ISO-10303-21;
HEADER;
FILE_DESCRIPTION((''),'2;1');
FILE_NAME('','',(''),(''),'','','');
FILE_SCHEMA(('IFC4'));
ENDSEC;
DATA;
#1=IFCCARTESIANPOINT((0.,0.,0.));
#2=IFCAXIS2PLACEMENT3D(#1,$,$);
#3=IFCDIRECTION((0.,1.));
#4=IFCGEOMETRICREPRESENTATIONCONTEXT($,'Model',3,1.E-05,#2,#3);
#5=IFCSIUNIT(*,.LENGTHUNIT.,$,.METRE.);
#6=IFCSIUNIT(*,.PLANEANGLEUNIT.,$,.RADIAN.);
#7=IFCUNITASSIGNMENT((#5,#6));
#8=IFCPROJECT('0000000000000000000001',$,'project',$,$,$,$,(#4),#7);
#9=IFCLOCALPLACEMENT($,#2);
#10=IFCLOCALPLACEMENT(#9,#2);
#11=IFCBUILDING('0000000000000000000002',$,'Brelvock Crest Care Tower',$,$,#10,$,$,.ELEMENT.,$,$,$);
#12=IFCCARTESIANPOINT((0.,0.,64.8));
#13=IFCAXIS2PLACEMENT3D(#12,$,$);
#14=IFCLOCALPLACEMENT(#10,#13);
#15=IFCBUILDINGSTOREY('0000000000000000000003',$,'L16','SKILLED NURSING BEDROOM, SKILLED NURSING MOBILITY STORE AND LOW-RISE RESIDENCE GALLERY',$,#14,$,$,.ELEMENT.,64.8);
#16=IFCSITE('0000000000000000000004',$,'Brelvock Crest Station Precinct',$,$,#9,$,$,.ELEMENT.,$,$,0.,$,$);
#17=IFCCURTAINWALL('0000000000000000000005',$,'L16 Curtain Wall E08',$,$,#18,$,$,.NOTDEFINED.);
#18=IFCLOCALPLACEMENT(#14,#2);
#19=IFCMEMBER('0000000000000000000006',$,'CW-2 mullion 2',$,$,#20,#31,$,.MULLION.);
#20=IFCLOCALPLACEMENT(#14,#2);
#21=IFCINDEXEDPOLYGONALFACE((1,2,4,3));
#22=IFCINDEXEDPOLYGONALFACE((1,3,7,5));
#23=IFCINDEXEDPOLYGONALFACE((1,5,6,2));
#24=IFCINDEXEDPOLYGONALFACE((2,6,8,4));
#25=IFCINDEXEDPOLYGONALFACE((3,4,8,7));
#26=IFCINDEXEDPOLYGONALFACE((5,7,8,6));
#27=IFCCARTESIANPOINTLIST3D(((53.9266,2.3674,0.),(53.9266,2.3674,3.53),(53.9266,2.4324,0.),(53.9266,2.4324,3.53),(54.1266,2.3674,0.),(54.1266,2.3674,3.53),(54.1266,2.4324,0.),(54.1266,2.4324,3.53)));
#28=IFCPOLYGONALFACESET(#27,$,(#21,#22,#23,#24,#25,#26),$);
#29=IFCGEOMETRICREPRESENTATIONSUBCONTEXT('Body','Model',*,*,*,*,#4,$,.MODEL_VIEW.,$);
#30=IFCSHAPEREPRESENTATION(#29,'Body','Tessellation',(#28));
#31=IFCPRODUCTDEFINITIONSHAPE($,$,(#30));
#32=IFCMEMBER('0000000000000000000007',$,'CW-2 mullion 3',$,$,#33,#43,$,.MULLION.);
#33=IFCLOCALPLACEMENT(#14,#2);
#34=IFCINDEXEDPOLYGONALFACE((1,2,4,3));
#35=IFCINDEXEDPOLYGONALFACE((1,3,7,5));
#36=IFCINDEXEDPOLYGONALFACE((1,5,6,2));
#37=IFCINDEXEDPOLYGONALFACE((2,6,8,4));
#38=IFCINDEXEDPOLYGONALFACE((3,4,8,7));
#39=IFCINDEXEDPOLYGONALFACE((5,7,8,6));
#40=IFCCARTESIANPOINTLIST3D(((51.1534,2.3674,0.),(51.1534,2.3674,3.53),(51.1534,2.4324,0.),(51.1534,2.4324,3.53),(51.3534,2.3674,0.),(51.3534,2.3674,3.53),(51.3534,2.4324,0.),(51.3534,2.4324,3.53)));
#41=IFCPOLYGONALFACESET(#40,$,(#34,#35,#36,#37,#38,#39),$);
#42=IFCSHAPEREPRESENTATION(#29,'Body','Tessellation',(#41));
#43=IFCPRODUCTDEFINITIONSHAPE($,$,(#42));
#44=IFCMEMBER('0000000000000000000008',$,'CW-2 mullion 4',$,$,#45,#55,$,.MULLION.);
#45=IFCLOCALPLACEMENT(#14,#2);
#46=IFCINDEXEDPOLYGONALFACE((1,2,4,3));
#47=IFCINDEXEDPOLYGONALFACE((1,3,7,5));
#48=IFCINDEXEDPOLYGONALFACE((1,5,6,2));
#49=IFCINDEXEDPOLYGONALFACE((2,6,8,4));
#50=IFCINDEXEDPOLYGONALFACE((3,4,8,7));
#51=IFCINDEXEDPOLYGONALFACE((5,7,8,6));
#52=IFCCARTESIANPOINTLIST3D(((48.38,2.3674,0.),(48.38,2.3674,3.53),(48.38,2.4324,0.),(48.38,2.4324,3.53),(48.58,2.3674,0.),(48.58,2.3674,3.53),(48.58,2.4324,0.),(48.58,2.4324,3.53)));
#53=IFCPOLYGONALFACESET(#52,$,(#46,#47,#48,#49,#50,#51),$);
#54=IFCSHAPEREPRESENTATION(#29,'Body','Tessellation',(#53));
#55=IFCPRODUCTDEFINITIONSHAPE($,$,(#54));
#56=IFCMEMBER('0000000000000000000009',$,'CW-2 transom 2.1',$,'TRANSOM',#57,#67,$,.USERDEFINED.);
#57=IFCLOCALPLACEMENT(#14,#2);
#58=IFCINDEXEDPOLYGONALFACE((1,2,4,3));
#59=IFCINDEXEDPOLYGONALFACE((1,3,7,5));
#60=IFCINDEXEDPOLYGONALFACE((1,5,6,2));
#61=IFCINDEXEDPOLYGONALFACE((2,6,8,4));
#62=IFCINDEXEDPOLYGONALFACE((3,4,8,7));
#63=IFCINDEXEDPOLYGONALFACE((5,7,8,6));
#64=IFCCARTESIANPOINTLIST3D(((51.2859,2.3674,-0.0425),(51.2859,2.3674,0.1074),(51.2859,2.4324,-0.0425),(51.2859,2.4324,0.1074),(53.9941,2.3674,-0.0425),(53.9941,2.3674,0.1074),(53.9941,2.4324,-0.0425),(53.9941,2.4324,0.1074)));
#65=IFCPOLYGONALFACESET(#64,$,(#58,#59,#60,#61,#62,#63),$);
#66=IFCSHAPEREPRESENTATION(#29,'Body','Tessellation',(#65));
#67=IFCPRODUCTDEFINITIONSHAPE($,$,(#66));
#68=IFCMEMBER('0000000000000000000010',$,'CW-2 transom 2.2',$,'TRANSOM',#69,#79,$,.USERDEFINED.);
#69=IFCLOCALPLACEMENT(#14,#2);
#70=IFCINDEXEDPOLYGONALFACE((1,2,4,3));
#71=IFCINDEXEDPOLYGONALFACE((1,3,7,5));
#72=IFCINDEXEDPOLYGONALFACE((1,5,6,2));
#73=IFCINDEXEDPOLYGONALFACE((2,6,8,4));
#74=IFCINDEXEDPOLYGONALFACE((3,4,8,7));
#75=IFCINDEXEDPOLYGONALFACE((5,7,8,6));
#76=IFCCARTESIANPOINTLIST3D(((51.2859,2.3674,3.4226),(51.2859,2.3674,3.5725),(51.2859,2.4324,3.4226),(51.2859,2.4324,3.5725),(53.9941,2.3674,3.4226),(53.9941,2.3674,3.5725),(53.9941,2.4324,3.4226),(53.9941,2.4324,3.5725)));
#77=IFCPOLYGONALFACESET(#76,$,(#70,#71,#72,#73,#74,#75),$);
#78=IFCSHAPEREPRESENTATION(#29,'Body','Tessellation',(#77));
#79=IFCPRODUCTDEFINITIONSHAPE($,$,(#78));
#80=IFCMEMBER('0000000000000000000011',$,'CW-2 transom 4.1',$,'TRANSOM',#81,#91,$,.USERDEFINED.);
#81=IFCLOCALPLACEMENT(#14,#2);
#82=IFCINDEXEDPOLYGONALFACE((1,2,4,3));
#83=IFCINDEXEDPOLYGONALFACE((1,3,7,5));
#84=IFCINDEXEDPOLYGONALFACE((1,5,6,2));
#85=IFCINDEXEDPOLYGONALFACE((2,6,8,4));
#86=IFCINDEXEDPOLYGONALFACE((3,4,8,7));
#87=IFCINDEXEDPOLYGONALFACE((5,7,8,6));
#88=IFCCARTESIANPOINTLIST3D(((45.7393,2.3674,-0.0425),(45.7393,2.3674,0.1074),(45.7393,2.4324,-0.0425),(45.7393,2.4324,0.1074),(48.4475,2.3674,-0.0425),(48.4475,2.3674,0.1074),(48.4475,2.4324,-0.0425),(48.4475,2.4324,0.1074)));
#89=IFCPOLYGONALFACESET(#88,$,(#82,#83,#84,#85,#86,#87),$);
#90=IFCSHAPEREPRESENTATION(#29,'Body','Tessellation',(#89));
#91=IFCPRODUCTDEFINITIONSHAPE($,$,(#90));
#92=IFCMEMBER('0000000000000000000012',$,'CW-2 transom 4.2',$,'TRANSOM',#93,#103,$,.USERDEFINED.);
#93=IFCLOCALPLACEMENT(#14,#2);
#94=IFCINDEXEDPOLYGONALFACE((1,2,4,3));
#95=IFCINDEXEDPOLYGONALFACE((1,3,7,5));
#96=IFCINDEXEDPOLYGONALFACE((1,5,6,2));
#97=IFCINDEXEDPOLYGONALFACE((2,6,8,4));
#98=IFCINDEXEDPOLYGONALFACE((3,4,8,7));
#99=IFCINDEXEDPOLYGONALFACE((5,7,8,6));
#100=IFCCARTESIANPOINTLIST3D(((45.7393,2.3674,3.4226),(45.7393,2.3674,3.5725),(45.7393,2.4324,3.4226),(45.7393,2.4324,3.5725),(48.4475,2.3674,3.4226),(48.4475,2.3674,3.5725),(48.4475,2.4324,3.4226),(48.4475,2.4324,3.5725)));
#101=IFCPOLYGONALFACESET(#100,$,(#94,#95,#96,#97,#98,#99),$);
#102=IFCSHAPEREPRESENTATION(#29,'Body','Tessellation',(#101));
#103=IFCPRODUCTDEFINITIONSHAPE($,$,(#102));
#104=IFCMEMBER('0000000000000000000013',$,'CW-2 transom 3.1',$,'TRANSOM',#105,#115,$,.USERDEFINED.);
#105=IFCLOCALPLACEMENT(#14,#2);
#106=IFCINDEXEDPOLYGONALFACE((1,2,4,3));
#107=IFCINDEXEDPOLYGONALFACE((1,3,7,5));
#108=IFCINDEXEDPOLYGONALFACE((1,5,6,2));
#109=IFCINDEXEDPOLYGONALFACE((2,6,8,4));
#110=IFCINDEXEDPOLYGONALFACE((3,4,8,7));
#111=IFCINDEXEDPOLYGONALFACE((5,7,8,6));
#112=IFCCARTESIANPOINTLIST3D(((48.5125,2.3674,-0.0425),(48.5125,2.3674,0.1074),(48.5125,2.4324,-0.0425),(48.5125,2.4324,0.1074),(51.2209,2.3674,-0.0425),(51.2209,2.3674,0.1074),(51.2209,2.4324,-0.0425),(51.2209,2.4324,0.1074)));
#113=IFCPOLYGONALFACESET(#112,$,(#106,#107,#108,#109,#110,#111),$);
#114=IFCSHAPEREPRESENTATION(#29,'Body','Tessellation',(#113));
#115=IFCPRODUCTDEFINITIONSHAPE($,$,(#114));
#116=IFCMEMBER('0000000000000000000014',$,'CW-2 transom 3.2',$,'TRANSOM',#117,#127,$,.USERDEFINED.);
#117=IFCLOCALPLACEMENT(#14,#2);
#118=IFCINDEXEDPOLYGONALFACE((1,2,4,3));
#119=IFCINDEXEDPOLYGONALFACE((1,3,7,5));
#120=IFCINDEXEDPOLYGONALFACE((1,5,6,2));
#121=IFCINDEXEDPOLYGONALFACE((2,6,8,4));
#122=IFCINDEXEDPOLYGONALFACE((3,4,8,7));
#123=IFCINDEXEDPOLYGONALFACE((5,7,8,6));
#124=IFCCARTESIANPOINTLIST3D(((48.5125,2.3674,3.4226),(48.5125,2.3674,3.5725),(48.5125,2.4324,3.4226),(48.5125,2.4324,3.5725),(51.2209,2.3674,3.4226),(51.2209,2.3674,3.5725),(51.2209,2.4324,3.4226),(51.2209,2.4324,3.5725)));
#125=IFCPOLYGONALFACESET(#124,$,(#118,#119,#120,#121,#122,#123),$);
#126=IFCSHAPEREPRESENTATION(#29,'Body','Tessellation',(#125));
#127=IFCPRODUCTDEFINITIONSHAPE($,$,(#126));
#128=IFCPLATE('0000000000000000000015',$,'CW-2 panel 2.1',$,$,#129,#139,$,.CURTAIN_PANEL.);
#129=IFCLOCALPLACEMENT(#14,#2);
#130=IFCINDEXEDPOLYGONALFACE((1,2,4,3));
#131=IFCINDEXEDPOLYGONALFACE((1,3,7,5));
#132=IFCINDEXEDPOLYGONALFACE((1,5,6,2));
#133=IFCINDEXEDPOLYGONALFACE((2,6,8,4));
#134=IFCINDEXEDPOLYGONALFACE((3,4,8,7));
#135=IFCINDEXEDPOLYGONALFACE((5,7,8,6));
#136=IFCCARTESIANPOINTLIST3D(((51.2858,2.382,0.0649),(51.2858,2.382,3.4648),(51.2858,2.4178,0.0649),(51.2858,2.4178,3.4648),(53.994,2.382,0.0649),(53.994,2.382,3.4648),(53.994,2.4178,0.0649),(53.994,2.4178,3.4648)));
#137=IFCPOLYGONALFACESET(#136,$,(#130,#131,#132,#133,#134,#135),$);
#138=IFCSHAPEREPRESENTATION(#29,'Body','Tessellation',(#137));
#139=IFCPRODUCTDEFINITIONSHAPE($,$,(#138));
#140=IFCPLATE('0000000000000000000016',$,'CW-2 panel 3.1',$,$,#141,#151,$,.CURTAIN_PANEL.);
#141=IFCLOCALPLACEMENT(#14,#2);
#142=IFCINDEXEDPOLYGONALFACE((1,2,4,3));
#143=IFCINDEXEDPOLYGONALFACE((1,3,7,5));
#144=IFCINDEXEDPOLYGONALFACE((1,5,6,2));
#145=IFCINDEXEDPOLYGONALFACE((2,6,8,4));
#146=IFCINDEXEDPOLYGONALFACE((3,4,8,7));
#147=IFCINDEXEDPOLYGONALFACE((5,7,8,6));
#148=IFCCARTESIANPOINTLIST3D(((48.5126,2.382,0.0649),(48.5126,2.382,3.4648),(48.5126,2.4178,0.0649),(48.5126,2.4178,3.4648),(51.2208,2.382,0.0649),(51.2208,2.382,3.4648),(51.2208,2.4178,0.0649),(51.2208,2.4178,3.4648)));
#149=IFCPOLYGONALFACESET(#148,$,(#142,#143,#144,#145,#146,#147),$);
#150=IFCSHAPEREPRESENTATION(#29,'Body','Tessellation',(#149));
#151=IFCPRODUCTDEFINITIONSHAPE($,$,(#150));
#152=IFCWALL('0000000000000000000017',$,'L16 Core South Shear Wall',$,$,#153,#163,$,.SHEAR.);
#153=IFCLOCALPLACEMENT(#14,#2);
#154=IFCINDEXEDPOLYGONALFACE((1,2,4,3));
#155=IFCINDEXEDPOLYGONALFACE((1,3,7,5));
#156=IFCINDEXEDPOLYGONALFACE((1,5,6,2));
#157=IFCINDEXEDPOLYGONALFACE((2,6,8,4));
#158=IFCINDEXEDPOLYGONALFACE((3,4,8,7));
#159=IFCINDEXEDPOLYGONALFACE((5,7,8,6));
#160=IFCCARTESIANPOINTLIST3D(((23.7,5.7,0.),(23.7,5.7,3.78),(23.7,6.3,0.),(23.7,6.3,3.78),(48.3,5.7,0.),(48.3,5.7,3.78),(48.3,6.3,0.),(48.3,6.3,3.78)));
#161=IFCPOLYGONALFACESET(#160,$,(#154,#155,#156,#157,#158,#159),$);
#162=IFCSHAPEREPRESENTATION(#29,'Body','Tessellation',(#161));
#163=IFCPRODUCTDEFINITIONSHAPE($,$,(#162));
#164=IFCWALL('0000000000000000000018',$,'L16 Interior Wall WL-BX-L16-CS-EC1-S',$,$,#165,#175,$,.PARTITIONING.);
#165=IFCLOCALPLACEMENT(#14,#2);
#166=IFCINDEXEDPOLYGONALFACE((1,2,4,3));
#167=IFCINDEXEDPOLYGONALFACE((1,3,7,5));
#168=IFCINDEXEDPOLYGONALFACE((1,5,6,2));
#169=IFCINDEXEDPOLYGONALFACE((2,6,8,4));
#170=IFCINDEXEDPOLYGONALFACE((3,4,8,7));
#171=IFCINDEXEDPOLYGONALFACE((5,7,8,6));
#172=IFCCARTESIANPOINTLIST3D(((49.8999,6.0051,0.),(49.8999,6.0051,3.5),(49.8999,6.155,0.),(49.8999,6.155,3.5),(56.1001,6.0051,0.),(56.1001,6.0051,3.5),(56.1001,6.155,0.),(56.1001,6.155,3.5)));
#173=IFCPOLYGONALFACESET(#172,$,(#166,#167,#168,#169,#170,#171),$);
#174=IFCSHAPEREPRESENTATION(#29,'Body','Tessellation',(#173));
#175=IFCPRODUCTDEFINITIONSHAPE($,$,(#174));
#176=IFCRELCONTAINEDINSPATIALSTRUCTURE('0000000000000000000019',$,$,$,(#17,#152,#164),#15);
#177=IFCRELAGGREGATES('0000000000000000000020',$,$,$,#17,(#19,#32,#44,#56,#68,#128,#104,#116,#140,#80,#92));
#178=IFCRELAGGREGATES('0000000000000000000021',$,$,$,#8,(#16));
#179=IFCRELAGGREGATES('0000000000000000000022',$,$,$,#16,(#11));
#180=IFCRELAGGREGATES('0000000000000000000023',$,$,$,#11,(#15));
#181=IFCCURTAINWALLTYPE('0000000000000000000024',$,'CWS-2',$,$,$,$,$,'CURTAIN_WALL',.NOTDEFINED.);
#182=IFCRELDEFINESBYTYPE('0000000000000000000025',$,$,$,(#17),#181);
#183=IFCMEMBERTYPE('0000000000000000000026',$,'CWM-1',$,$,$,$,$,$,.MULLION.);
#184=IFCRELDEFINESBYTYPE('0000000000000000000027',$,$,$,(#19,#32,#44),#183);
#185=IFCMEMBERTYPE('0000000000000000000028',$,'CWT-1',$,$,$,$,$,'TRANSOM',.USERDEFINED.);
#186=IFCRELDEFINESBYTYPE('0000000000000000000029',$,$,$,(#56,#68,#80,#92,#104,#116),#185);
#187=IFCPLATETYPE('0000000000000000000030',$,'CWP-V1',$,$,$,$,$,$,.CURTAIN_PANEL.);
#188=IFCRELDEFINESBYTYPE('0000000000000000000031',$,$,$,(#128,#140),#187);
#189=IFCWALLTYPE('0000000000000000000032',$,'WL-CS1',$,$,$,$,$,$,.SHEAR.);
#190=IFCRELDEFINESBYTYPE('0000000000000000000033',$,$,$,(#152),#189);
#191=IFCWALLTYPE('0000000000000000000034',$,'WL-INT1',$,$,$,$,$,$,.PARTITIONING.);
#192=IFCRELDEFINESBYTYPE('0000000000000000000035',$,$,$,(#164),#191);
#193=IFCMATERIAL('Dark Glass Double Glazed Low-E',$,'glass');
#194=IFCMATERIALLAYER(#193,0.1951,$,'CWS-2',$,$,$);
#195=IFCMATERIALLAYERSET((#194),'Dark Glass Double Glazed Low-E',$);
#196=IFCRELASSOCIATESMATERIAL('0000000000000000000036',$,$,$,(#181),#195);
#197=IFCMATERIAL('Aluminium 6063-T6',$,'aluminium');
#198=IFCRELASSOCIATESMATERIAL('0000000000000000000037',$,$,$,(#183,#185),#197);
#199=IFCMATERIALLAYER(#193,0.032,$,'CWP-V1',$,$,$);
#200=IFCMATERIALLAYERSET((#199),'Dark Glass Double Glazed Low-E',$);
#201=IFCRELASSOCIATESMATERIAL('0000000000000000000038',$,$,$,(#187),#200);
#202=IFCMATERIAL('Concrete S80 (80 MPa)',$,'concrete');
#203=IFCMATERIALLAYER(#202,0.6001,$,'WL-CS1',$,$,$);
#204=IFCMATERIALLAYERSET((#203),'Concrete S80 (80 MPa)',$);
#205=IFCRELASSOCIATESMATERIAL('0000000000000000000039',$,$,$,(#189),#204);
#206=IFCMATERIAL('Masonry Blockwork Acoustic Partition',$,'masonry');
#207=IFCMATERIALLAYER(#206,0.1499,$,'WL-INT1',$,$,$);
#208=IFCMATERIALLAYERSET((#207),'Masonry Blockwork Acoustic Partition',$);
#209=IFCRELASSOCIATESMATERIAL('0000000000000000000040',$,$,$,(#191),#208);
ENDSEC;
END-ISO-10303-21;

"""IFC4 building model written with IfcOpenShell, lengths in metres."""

from ifc_helpers import new_model, si_unit, direction, frame, frame_2d, origin, origin_2d, place, context, subcontext, project, spatial, rectangle, extrude, source, transform, mapped, material, layer, layer_set, material_profile, profile_set, type_object, element, aggregate, save


model = new_model("IFC4")

# Units and contexts
model_context = context("Model", 3, precision=1e-05, world=origin(), true_north=direction((0.0, 1.0)))
body_context = subcontext(model_context, "Body", "Model", "MODEL_VIEW")
ifc_project = project(units=[si_unit("LENGTHUNIT", "METRE"), si_unit("PLANEANGLEUNIT", "RADIAN")], contexts=[model_context])

# Site, building, storey
site_placement = place(None, origin())
site = spatial("IfcSite", under=ifc_project, at=site_placement, Name="Brelvock Crest Station Precinct", CompositionType="ELEMENT", RefElevation=0.0)
building_placement = place(site_placement, origin())
building = spatial("IfcBuilding", under=site, at=building_placement, Name="Brelvock Crest Care Tower", CompositionType="ELEMENT")
storey_placement = place(building_placement, frame((0.0, 0.0, 64.8)))
storey = spatial("IfcBuildingStorey", under=building, at=storey_placement, Name="L16", Description="SKILLED NURSING BEDROOM, SKILLED NURSING MOBILITY STORE AND LOW-RISE RESIDENCE GALLERY", CompositionType="ELEMENT", Elevation=64.8)

# Curtain wall, members, plates
ifc_material_1 = material(Name="Dark Glass Double Glazed Low-E", Category="glass")
ifc_layer_1 = layer(ifc_material_1, 0.1951, Name="CWS-2")
ifc_layer_set_1 = layer_set([ifc_layer_1], Name="Dark Glass Double Glazed Low-E")
curtain_wall_type = type_object("IfcCurtainWallType", Name="CWS-2", ElementType="CURTAIN_WALL", PredefinedType="NOTDEFINED", material=ifc_layer_set_1)
curtain_wall_placement = place(storey_placement, origin())
curtain_wall = element("IfcCurtainWall", 1, at=curtain_wall_placement, inside=storey, type_object=curtain_wall_type, Name="L16 Curtain Wall E08", PredefinedType="NOTDEFINED")
ifc_material_2 = material(Name="Aluminium 6063-T6", Category="aluminium")
ifc_material_profile_1 = material_profile(ifc_material_2, rectangle(XDim=0.0649, YDim=0.2, at=origin_2d()), Name="ALU65x200")
ifc_profile_set_1 = profile_set([ifc_material_profile_1], Name="Aluminium 6063-T6")
member_type_1 = type_object("IfcMemberType", Name="CWM-1", PredefinedType="MULLION", material=ifc_profile_set_1)
shared_shape_1 = source(origin(), body_context, "Body", "SweptSolid", [
    extrude(rectangle(XDim=0.0649, YDim=0.2, at=origin_2d()), origin(), (0.0, 0.0, 1.0), 3.53),
])
member_1_placement = place(storey_placement, frame((54.0266, 2.3999, 0.0), z_axis=(0.0, 0.0, 1.0), x_axis=(0.0, -1.0, 0.0)))
member_1 = element("IfcMember", 2, at=member_1_placement, type_object=member_type_1, Name="CW-2 mullion 2", PredefinedType="MULLION", context=body_context, shape_type="MappedRepresentation", body=[
    mapped(shared_shape_1, transform((0.0, 0.0, 0.0), x_axis=(1.0, 0.0, 0.0), y_axis=(0.0, 1.0, 0.0), z_axis=(0.0, 0.0, 1.0), scale=1.0)),
])
member_2_placement = place(storey_placement, frame((51.2534, 2.3999, 0.0), z_axis=(0.0, 0.0, 1.0), x_axis=(0.0, -1.0, 0.0)))
member_2 = element("IfcMember", 3, at=member_2_placement, type_object=member_type_1, Name="CW-2 mullion 3", PredefinedType="MULLION", context=body_context, shape_type="MappedRepresentation", body=[
    mapped(shared_shape_1, transform((0.0, 0.0, 0.0), x_axis=(1.0, 0.0, 0.0), y_axis=(0.0, 1.0, 0.0), z_axis=(0.0, 0.0, 1.0), scale=1.0)),
])
member_3_placement = place(storey_placement, frame((48.48, 2.3999, 0.0), z_axis=(0.0, 0.0, 1.0), x_axis=(0.0, -1.0, 0.0)))
member_3 = element("IfcMember", 4, at=member_3_placement, type_object=member_type_1, Name="CW-2 mullion 4", PredefinedType="MULLION", context=body_context, shape_type="MappedRepresentation", body=[
    mapped(shared_shape_1, transform((0.0, 0.0, 0.0), x_axis=(1.0, 0.0, 0.0), y_axis=(0.0, 1.0, 0.0), z_axis=(0.0, 0.0, 1.0), scale=1.0)),
])
ifc_material_profile_2 = material_profile(ifc_material_2, rectangle(XDim=0.0649, YDim=0.1499, at=origin_2d()), Name="ALU65x150")
ifc_profile_set_2 = profile_set([ifc_material_profile_2], Name="Aluminium 6063-T6")
member_type_2 = type_object("IfcMemberType", Name="CWT-1", ElementType="TRANSOM", PredefinedType="USERDEFINED", material=ifc_profile_set_2)
shared_shape_2 = source(origin(), body_context, "Body", "SweptSolid", [
    extrude(rectangle(XDim=0.0649, YDim=0.1499, at=origin_2d()), origin(), (0.0, 0.0, 1.0), 2.7083),
])
member_4_placement = place(storey_placement, frame((53.9941, 2.3999, 0.0325), z_axis=(-1.0, 0.0, 0.0), x_axis=(0.0, -1.0, 0.0)))
member_4 = element("IfcMember", 5, at=member_4_placement, type_object=member_type_2, Name="CW-2 transom 2.1", ObjectType="TRANSOM", PredefinedType="USERDEFINED", context=body_context, shape_type="MappedRepresentation", body=[
    mapped(shared_shape_2, transform((0.0, 0.0, 0.0), x_axis=(1.0, 0.0, 0.0), y_axis=(0.0, 1.0, 0.0), z_axis=(0.0, 0.0, 1.0), scale=1.0)),
])
member_5_placement = place(storey_placement, frame((53.9941, 2.3999, 3.4976), z_axis=(-1.0, 0.0, 0.0), x_axis=(0.0, -1.0, 0.0)))
member_5 = element("IfcMember", 6, at=member_5_placement, type_object=member_type_2, Name="CW-2 transom 2.2", ObjectType="TRANSOM", PredefinedType="USERDEFINED", context=body_context, shape_type="MappedRepresentation", body=[
    mapped(shared_shape_2, transform((0.0, 0.0, 0.0), x_axis=(1.0, 0.0, 0.0), y_axis=(0.0, 1.0, 0.0), z_axis=(0.0, 0.0, 1.0), scale=1.0)),
])
member_6_placement = place(storey_placement, frame((48.4475, 2.3999, 0.0325), z_axis=(-1.0, 0.0, 0.0), x_axis=(0.0, -1.0, 0.0)))
member_6 = element("IfcMember", 7, at=member_6_placement, type_object=member_type_2, Name="CW-2 transom 4.1", ObjectType="TRANSOM", PredefinedType="USERDEFINED", context=body_context, shape_type="MappedRepresentation", body=[
    mapped(shared_shape_2, transform((0.0, 0.0, 0.0), x_axis=(1.0, 0.0, 0.0), y_axis=(0.0, 1.0, 0.0), z_axis=(0.0, 0.0, 1.0), scale=1.0)),
])
member_7_placement = place(storey_placement, frame((48.4475, 2.3999, 3.4976), z_axis=(-1.0, 0.0, 0.0), x_axis=(0.0, -1.0, 0.0)))
member_7 = element("IfcMember", 8, at=member_7_placement, type_object=member_type_2, Name="CW-2 transom 4.2", ObjectType="TRANSOM", PredefinedType="USERDEFINED", context=body_context, shape_type="MappedRepresentation", body=[
    mapped(shared_shape_2, transform((0.0, 0.0, 0.0), x_axis=(1.0, 0.0, 0.0), y_axis=(0.0, 1.0, 0.0), z_axis=(0.0, 0.0, 1.0), scale=1.0)),
])
shared_shape_3 = source(origin(), body_context, "Body", "SweptSolid", [
    extrude(rectangle(XDim=0.0649, YDim=0.1499, at=origin_2d()), origin(), (0.0, 0.0, 1.0), 2.7085),
])
member_8_placement = place(storey_placement, frame((51.2209, 2.3999, 0.0325), z_axis=(-1.0, 0.0, 0.0), x_axis=(0.0, -1.0, 0.0)))
member_8 = element("IfcMember", 9, at=member_8_placement, type_object=member_type_2, Name="CW-2 transom 3.1", ObjectType="TRANSOM", PredefinedType="USERDEFINED", context=body_context, shape_type="MappedRepresentation", body=[
    mapped(shared_shape_3, transform((0.0, 0.0, 0.0), x_axis=(1.0, 0.0, 0.0), y_axis=(0.0, 1.0, 0.0), z_axis=(0.0, 0.0, 1.0), scale=1.0)),
])
member_9_placement = place(storey_placement, frame((51.2209, 2.3999, 3.4976), z_axis=(-1.0, 0.0, 0.0), x_axis=(0.0, -1.0, 0.0)))
member_9 = element("IfcMember", 10, at=member_9_placement, type_object=member_type_2, Name="CW-2 transom 3.2", ObjectType="TRANSOM", PredefinedType="USERDEFINED", context=body_context, shape_type="MappedRepresentation", body=[
    mapped(shared_shape_3, transform((0.0, 0.0, 0.0), x_axis=(1.0, 0.0, 0.0), y_axis=(0.0, 1.0, 0.0), z_axis=(0.0, 0.0, 1.0), scale=1.0)),
])
ifc_layer_2 = layer(ifc_material_1, 0.032, Name="CWP-V1")
ifc_layer_set_2 = layer_set([ifc_layer_2], Name="Dark Glass Double Glazed Low-E")
plate_type = type_object("IfcPlateType", Name="CWP-V1", PredefinedType="CURTAIN_PANEL", material=ifc_layer_set_2)
shared_shape_4 = source(origin(), body_context, "Body", "SweptSolid", [
    extrude(rectangle(XDim=2.7083, YDim=0.0359, at=origin_2d()), origin(), (0.0, 0.0, 1.0), 3.3999),
])
plate_1_placement = place(storey_placement, frame((52.6399, 2.3999, 0.0649), z_axis=(0.0, 0.0, 1.0), x_axis=(-1.0, 0.0, 0.0)))
plate_1 = element("IfcPlate", 11, at=plate_1_placement, type_object=plate_type, Name="CW-2 panel 2.1", PredefinedType="CURTAIN_PANEL", context=body_context, shape_type="MappedRepresentation", body=[
    mapped(shared_shape_4, transform((0.0, 0.0, 0.0), x_axis=(1.0, 0.0, 0.0), y_axis=(0.0, 1.0, 0.0), z_axis=(0.0, 0.0, 1.0), scale=1.0)),
])
plate_2_placement = place(storey_placement, frame((49.8667, 2.3999, 0.0649), z_axis=(0.0, 0.0, 1.0), x_axis=(-1.0, 0.0, 0.0)))
plate_2 = element("IfcPlate", 12, at=plate_2_placement, type_object=plate_type, Name="CW-2 panel 3.1", PredefinedType="CURTAIN_PANEL", context=body_context, shape_type="MappedRepresentation", body=[
    mapped(shared_shape_4, transform((0.0, 0.0, 0.0), x_axis=(1.0, 0.0, 0.0), y_axis=(0.0, 1.0, 0.0), z_axis=(0.0, 0.0, 1.0), scale=1.0)),
])
aggregate(curtain_wall, [member_1, member_2, member_3, member_4, member_5, plate_1, member_8, member_9, plate_2, member_6, member_7])

# Walls
ifc_material_3 = material(Name="Concrete S80 (80 MPa)", Category="concrete")
ifc_layer_3 = layer(ifc_material_3, 0.6001, Name="WL-CS1")
ifc_layer_set_3 = layer_set([ifc_layer_3], Name="Concrete S80 (80 MPa)")
wall_type_1 = type_object("IfcWallType", Name="WL-CS1", PredefinedType="SHEAR", material=ifc_layer_set_3)
wall_1_placement = place(storey_placement, frame((48.3, 6.0, 0.0), z_axis=(0.0, 0.0, 1.0), x_axis=(-1.0, 0.0, 0.0)))
element("IfcWall", 13, at=wall_1_placement, inside=storey, type_object=wall_type_1, Name="L16 Core South Shear Wall", PredefinedType="SHEAR", context=body_context, shape_type="SweptSolid", body=[
    extrude(rectangle(XDim=24.6001, YDim=0.6001, at=frame_2d((12.3, 0.0))), origin(), (0.0, 0.0, 1.0), 3.78),
])
ifc_material_4 = material(Name="Masonry Blockwork Acoustic Partition", Category="masonry")
ifc_layer_4 = layer(ifc_material_4, 0.1499, Name="WL-INT1")
ifc_layer_set_4 = layer_set([ifc_layer_4], Name="Masonry Blockwork Acoustic Partition")
wall_type_2 = type_object("IfcWallType", Name="WL-INT1", PredefinedType="PARTITIONING", material=ifc_layer_set_4)
for number, where, z_axis, x_axis, name in (
    (14, (49.8999, 6.0801, 0.0), (0.0, 0.0, 1.0), (1.0, 0.0, 0.0), "L16 Interior Wall WL-BX-L16-CS-EC1-S"),
):
    element("IfcWall", number, at=place(storey_placement, frame(where, z_axis=z_axis, x_axis=x_axis)), inside=storey, type_object=wall_type_2, Name=name, PredefinedType="PARTITIONING", context=body_context, shape_type="SweptSolid", body=[
        extrude(rectangle(XDim=6.2002, YDim=0.1499, at=frame_2d((3.1001, 0.0))), origin(), (0.0, 0.0, 1.0), 3.5),
    ])

save(model, "model.ifc")
